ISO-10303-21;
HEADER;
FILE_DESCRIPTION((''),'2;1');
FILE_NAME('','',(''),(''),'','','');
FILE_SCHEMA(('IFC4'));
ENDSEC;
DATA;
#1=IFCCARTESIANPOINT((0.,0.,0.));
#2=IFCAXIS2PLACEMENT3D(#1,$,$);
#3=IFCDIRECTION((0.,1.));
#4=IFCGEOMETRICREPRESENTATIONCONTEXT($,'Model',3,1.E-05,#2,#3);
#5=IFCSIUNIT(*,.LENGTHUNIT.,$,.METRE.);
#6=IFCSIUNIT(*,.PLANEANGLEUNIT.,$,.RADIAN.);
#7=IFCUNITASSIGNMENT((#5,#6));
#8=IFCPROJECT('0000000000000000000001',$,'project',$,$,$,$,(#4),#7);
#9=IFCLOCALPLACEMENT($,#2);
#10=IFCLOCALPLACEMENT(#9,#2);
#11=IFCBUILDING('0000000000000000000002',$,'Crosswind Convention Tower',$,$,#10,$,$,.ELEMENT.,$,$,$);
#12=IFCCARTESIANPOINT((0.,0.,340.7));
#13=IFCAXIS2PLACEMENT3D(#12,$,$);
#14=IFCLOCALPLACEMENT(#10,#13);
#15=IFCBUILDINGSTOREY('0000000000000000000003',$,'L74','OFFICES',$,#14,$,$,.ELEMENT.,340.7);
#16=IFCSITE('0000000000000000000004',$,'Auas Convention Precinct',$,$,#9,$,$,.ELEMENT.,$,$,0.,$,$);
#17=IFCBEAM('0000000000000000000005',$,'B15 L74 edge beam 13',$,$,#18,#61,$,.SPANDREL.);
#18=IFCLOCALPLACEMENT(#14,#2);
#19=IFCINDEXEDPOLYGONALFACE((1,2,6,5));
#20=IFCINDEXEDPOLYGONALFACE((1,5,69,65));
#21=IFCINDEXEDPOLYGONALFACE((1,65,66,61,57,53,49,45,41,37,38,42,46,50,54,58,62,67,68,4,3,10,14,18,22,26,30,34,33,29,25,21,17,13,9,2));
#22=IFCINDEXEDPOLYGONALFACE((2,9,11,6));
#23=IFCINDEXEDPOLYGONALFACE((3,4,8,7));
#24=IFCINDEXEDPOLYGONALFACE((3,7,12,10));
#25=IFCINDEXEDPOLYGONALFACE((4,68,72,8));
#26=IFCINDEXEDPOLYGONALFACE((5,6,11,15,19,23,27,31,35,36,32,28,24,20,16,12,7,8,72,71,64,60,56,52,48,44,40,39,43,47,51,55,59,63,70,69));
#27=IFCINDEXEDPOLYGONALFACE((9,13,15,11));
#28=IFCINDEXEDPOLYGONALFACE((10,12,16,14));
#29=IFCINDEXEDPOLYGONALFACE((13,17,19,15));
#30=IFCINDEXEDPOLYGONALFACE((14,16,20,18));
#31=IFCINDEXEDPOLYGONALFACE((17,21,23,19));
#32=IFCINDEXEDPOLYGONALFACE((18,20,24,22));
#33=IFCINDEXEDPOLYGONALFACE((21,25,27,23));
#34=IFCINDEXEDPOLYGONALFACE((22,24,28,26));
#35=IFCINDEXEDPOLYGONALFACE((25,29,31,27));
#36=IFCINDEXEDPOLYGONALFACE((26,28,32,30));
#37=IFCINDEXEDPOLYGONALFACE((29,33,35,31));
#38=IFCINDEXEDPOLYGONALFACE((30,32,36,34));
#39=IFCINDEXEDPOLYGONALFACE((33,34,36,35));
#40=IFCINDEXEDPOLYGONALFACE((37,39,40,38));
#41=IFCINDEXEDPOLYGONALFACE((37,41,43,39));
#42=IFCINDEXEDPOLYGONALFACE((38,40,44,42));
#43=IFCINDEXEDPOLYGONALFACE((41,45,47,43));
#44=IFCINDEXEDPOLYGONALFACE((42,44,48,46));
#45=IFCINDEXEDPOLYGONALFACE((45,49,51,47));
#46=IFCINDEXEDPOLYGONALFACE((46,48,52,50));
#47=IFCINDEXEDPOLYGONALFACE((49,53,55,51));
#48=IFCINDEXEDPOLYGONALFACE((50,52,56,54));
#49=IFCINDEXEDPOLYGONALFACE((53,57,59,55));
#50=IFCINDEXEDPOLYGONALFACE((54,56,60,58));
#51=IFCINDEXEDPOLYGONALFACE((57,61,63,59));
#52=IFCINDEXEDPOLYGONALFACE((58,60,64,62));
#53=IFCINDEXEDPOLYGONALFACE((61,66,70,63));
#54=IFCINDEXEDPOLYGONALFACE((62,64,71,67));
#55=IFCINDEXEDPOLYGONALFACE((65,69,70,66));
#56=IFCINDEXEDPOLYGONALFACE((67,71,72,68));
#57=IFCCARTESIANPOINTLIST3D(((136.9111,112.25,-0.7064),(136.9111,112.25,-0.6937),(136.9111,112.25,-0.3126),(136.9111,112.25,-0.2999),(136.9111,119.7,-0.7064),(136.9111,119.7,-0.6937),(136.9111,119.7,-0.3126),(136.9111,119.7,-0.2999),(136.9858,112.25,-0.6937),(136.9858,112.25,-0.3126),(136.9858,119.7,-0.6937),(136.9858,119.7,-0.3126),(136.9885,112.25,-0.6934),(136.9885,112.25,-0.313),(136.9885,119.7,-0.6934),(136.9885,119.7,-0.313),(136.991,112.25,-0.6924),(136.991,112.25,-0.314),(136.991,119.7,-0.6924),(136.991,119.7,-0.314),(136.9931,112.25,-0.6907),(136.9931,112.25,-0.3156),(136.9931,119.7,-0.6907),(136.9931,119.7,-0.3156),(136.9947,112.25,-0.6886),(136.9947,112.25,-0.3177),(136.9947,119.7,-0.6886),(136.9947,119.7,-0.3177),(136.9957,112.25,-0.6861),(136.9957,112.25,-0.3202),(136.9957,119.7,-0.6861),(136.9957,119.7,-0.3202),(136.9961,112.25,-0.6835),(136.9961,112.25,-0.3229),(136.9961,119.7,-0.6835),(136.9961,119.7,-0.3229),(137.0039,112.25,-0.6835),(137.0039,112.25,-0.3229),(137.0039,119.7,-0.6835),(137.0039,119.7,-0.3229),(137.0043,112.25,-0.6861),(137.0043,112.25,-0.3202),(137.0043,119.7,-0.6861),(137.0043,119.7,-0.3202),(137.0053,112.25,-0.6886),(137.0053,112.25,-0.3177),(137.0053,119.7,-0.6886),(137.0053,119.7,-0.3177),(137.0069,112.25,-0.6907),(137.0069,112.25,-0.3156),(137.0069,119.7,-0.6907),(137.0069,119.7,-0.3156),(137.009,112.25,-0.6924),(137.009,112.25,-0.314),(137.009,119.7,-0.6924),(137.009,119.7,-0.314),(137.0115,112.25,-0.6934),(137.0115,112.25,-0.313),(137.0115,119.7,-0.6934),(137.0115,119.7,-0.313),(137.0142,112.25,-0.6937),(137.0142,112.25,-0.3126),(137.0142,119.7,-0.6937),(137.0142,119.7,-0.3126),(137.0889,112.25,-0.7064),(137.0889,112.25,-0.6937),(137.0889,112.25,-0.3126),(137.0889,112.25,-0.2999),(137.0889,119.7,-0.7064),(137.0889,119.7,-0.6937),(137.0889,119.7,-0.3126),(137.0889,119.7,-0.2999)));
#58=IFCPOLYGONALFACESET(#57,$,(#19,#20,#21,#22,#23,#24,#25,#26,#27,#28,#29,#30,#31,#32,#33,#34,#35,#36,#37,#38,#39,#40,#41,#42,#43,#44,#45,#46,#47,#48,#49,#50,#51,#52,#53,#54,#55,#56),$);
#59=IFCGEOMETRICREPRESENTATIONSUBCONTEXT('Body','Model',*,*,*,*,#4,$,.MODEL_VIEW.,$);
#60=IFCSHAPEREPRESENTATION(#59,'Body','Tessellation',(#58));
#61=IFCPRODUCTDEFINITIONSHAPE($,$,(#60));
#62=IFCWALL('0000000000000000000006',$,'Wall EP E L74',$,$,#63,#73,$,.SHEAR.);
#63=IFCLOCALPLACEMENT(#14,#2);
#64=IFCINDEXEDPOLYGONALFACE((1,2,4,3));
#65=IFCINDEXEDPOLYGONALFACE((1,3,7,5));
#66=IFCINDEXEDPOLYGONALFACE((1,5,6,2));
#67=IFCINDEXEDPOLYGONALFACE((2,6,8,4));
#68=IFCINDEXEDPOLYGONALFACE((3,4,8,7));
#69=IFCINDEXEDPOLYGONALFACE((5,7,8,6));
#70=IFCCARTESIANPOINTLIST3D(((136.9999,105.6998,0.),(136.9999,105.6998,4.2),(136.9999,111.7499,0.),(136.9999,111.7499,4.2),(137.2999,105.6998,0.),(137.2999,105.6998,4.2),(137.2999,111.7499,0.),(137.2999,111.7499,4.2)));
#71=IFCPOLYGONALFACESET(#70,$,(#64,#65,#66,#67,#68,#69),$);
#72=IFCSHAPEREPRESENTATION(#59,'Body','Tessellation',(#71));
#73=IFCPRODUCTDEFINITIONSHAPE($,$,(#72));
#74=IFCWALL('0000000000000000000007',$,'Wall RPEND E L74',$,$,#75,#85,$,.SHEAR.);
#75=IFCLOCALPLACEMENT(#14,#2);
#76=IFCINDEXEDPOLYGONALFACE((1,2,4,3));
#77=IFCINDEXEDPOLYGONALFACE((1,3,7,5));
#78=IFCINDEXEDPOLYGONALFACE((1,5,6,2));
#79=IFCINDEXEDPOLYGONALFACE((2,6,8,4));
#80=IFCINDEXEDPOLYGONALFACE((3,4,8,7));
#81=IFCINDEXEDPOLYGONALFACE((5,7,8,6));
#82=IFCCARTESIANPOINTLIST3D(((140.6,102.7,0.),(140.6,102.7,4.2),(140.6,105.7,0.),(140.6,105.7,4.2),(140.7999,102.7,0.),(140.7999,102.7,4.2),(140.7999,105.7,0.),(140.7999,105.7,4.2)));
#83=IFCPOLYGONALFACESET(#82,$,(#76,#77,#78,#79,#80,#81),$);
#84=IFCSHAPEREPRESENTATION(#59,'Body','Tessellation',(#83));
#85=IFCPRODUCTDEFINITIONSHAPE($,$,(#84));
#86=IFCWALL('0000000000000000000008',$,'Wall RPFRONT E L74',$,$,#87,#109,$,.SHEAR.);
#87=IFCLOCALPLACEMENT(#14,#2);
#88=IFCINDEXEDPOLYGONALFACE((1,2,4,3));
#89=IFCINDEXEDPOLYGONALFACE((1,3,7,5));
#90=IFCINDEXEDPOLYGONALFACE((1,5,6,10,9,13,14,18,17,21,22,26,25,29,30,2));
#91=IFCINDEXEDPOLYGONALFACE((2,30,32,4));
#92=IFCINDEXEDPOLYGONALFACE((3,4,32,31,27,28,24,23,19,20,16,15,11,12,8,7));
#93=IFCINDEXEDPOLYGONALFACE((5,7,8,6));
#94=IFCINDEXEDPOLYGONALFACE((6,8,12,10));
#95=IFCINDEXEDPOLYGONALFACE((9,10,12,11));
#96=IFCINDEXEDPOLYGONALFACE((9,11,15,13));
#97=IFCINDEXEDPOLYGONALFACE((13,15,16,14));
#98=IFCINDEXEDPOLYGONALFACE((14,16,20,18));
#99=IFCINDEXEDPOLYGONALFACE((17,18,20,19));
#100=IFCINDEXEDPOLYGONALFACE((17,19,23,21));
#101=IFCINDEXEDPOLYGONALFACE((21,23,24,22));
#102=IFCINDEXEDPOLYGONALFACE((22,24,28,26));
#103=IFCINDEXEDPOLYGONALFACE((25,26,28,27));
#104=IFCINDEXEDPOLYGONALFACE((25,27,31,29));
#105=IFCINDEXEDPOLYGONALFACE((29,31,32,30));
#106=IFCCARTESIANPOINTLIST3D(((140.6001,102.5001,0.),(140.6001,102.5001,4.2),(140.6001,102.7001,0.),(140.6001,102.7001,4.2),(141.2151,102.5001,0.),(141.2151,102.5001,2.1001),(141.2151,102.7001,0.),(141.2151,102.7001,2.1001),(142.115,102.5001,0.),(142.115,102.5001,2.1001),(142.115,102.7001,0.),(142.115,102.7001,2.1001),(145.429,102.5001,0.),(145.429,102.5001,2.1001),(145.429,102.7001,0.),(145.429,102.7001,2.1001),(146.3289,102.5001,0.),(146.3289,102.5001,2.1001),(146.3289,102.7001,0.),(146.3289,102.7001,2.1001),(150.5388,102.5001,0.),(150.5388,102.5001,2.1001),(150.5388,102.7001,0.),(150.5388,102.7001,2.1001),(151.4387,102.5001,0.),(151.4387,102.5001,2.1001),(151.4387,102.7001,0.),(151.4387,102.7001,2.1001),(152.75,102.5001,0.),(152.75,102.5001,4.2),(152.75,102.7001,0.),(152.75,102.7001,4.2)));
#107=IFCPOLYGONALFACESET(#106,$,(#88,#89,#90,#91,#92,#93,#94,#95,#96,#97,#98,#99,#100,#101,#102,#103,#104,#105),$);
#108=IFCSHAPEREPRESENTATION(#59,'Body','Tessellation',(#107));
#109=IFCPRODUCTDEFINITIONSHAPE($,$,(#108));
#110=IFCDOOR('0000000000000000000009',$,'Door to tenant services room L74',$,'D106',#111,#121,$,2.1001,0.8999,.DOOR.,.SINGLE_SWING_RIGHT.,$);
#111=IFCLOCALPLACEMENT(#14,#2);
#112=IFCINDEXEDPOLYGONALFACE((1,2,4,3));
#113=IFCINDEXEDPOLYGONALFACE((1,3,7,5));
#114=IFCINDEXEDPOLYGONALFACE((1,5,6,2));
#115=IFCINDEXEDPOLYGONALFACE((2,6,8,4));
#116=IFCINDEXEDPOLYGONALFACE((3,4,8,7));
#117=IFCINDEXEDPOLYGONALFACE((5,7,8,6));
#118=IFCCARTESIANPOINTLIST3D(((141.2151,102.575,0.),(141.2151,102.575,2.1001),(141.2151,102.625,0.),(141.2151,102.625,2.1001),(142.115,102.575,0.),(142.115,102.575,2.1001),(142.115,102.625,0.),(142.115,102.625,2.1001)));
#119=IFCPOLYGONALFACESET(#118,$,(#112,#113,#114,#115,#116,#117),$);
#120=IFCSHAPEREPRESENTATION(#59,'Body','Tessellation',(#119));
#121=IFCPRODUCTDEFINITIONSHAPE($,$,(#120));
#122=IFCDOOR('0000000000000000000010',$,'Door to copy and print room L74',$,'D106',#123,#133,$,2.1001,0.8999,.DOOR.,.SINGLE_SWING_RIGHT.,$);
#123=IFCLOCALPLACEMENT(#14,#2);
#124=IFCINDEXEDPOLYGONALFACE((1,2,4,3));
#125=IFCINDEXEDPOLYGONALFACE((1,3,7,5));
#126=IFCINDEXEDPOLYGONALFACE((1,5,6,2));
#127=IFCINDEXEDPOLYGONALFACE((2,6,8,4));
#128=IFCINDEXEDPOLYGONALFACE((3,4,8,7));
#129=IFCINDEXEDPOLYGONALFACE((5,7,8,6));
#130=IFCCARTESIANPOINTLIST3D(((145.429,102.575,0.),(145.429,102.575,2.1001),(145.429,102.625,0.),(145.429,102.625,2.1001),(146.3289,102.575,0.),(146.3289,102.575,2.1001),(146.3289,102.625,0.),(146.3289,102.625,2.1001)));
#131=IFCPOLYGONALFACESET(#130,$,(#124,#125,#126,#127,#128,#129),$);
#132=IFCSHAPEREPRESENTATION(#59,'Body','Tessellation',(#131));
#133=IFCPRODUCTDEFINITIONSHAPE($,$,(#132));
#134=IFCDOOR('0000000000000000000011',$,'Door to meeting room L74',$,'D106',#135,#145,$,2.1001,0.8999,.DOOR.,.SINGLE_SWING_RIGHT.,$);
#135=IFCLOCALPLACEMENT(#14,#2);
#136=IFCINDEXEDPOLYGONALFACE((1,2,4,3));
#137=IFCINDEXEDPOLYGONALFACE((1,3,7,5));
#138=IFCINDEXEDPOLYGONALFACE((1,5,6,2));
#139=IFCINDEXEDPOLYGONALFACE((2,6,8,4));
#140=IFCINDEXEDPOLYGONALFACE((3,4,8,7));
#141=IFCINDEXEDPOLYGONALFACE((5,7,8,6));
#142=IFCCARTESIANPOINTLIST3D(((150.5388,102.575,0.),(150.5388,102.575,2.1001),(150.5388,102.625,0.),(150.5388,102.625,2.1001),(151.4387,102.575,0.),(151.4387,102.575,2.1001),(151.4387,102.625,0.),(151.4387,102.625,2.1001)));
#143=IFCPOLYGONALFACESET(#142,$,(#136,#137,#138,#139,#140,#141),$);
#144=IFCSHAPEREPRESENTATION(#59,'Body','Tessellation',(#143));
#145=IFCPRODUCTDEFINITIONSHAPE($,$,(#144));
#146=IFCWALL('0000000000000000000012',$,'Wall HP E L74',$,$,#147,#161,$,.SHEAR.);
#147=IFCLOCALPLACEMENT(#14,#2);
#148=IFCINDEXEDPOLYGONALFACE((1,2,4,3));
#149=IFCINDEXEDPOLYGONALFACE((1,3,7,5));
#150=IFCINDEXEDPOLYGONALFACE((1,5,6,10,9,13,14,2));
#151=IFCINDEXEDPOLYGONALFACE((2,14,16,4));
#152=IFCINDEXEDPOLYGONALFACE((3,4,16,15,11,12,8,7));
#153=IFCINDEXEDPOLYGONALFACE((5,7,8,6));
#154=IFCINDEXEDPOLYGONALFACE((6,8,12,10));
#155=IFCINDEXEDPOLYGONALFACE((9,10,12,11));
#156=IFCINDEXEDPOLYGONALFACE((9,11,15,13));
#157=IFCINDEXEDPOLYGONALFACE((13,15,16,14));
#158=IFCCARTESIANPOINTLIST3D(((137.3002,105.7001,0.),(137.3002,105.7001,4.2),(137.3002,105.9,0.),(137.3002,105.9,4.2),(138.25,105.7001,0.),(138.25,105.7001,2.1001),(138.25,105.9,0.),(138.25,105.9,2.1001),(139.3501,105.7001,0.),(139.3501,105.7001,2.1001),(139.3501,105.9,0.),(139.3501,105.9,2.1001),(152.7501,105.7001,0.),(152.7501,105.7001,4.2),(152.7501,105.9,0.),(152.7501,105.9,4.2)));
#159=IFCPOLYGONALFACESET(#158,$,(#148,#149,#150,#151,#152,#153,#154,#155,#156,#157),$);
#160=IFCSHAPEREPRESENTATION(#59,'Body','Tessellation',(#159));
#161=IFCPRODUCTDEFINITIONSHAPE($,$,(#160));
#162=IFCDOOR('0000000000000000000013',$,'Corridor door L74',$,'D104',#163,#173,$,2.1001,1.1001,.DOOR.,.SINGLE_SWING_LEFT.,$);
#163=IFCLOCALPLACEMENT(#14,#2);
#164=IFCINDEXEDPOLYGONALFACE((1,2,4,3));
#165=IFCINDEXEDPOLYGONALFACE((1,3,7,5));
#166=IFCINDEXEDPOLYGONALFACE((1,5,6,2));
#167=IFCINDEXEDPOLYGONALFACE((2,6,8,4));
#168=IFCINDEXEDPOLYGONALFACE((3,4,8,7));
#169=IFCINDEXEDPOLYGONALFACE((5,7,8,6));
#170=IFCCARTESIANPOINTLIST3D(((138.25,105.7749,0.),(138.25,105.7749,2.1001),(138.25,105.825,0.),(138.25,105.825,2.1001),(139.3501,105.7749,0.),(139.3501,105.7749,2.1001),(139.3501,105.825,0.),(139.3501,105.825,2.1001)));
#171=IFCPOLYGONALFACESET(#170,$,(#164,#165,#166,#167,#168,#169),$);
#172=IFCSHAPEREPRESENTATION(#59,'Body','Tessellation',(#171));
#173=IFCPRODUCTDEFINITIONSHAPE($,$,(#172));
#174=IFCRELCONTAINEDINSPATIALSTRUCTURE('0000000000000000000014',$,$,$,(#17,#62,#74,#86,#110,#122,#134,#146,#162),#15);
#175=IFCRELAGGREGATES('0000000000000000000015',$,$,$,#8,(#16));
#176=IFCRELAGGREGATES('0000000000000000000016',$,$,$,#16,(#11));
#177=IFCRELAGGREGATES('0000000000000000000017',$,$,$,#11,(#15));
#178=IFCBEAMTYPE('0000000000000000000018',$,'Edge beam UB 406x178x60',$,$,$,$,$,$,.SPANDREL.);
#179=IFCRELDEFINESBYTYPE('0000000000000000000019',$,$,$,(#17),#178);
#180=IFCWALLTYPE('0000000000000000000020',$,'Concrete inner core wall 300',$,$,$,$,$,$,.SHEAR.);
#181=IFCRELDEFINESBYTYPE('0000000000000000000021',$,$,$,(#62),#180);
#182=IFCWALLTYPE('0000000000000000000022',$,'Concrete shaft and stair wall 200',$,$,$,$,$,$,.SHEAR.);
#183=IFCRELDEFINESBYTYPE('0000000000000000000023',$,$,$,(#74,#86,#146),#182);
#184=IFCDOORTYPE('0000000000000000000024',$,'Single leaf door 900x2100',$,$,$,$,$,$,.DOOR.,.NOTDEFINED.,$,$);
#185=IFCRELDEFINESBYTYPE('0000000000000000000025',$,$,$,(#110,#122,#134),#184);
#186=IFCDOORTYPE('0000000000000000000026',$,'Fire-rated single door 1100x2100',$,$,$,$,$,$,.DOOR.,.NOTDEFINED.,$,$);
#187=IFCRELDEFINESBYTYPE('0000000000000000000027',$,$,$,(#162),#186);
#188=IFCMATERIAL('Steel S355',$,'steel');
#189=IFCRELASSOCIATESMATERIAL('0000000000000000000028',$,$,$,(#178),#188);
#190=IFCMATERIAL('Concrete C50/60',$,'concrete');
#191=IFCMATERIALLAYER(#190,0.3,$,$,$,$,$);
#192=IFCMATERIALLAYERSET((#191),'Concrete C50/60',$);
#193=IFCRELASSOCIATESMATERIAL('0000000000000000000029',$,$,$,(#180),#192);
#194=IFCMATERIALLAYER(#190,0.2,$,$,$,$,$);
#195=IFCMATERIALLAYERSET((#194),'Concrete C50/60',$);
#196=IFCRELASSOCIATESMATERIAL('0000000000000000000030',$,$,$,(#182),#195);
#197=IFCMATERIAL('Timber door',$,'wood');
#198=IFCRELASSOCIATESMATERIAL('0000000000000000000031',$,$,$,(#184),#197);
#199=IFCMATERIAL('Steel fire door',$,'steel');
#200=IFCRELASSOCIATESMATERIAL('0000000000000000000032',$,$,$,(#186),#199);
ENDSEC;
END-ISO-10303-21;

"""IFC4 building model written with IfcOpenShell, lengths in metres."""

from ifc_helpers import new_model, si_unit, direction, frame, frame_2d, origin, origin_2d, place, context, subcontext, project, spatial, rectangle, i_section, extrude, material, layer, layer_set, material_profile, profile_set, type_object, element, fill, save


model = new_model("IFC4")

# Units and contexts
model_context = context("Model", 3, precision=1e-05, world=origin(), true_north=direction((0.0, 1.0)))
body_context = subcontext(model_context, "Body", "Model", "MODEL_VIEW")
ifc_project = project(units=[si_unit("LENGTHUNIT", "METRE"), si_unit("PLANEANGLEUNIT", "RADIAN")], contexts=[model_context])

# Site, building, storey
site_placement = place(None, origin())
site = spatial("IfcSite", under=ifc_project, at=site_placement, Name="Auas Convention Precinct", CompositionType="ELEMENT", RefElevation=0.0)
building_placement = place(site_placement, origin())
building = spatial("IfcBuilding", under=site, at=building_placement, Name="Crosswind Convention Tower", CompositionType="ELEMENT")
storey_placement = place(building_placement, frame((0.0, 0.0, 340.7)))
storey = spatial("IfcBuildingStorey", under=building, at=storey_placement, Name="L74", Description="OFFICES", CompositionType="ELEMENT", Elevation=340.7)

# Beam
ifc_material_1 = material(Name="Steel S355", Category="steel")
ifc_material_profile = material_profile(ifc_material_1, i_section(OverallWidth=0.1777, OverallDepth=0.4065, WebThickness=0.0078, FlangeThickness=0.0127, FilletRadius=0.0103, at=origin_2d()), Name="UB 406x178x60")
ifc_profile_set = profile_set([ifc_material_profile], Name="Steel S355")
beam_type = type_object("IfcBeamType", Name="Edge beam UB 406x178x60", PredefinedType="SPANDREL", material=ifc_profile_set)
beam_placement = place(storey_placement, frame((137.0, 112.25, -0.5032), z_axis=(0.0, 1.0, 0.0), x_axis=(-1.0, 0.0, 0.0)))
element("IfcBeam", 1, at=beam_placement, inside=storey, type_object=beam_type, Name="B15 L74 edge beam 13", PredefinedType="SPANDREL", context=body_context, shape_type="SweptSolid", body=[
    extrude(i_section(OverallWidth=0.1777, OverallDepth=0.4065, WebThickness=0.0078, FlangeThickness=0.0127, FilletRadius=0.0103, at=origin_2d()), origin(), (0.0, 0.0, 1.0), 7.45),
])

# Walls
ifc_material_2 = material(Name="Concrete C50/60", Category="concrete")
ifc_layer_1 = layer(ifc_material_2, 0.3)
ifc_layer_set_1 = layer_set([ifc_layer_1], Name="Concrete C50/60")
wall_type_1 = type_object("IfcWallType", Name="Concrete inner core wall 300", PredefinedType="SHEAR", material=ifc_layer_set_1)
wall_1_placement = place(storey_placement, frame((137.1499, 105.7, 0.0), z_axis=(0.0, 0.0, 1.0), x_axis=(0.0, 1.0, 0.0)))
element("IfcWall", 2, at=wall_1_placement, inside=storey, type_object=wall_type_1, Name="Wall EP E L74", PredefinedType="SHEAR", context=body_context, shape_type="SweptSolid", body=[
    extrude(rectangle(XDim=6.05, YDim=0.3, at=frame_2d((3.0249, 0.0))), origin(), (0.0, 0.0, 1.0), 4.2),
])
ifc_layer_2 = layer(ifc_material_2, 0.2)
ifc_layer_set_2 = layer_set([ifc_layer_2], Name="Concrete C50/60")
wall_type_2 = type_object("IfcWallType", Name="Concrete shaft and stair wall 200", PredefinedType="SHEAR", material=ifc_layer_set_2)
wall_2_placement = place(storey_placement, frame((140.7, 102.7, 0.0), z_axis=(0.0, 0.0, 1.0), x_axis=(0.0, 1.0, 0.0)))
element("IfcWall", 3, at=wall_2_placement, inside=storey, type_object=wall_type_2, Name="Wall RPEND E L74", PredefinedType="SHEAR", context=body_context, shape_type="SweptSolid", body=[
    extrude(rectangle(XDim=3.0, YDim=0.2, at=frame_2d((1.5, 0.0))), origin(), (0.0, 0.0, 1.0), 4.2),
])

# Wall, openings, doors
wall_3_placement = place(storey_placement, frame((140.6001, 102.6001, 0.0), z_axis=(0.0, 0.0, 1.0), x_axis=(1.0, 0.0, 0.0)))
wall_3 = element("IfcWall", 4, at=wall_3_placement, inside=storey, type_object=wall_type_2, Name="Wall RPFRONT E L74", PredefinedType="SHEAR", context=body_context, shape_type="SweptSolid", body=[
    extrude(rectangle(XDim=12.1499, YDim=0.2, at=frame_2d((6.075, 0.0))), origin(), (0.0, 0.0, 1.0), 4.2),
])
opening_1_placement = place(wall_3_placement, frame((0.615, 0.0, 0.0)))
opening_1 = element("IfcOpeningElement", 5, at=opening_1_placement, cuts=wall_3, PredefinedType="OPENING", context=body_context, shape_type="SweptSolid", body=[
    extrude(rectangle(XDim=0.8999, YDim=2.1001, at=frame_2d((0.45, 1.05))), frame((0.0, 0.1099, 0.0), z_axis=(0.0, -1.0, 0.0), x_axis=(1.0, 0.0, 0.0)), (0.0, 0.0, 1.0), 0.22),
])
opening_2_placement = place(wall_3_placement, frame((4.8289, 0.0, 0.0)))
opening_2 = element("IfcOpeningElement", 6, at=opening_2_placement, cuts=wall_3, PredefinedType="OPENING", context=body_context, shape_type="SweptSolid", body=[
    extrude(rectangle(XDim=0.8999, YDim=2.1001, at=frame_2d((0.45, 1.05))), frame((0.0, 0.1099, 0.0), z_axis=(0.0, -1.0, 0.0), x_axis=(1.0, 0.0, 0.0)), (0.0, 0.0, 1.0), 0.22),
])
opening_3_placement = place(wall_3_placement, frame((9.9387, 0.0, 0.0)))
opening_3 = element("IfcOpeningElement", 7, at=opening_3_placement, cuts=wall_3, PredefinedType="OPENING", context=body_context, shape_type="SweptSolid", body=[
    extrude(rectangle(XDim=0.8999, YDim=2.1001, at=frame_2d((0.45, 1.05))), frame((0.0, 0.1099, 0.0), z_axis=(0.0, -1.0, 0.0), x_axis=(1.0, 0.0, 0.0)), (0.0, 0.0, 1.0), 0.22),
])
ifc_material_3 = material(Name="Timber door", Category="wood")
door_type_1 = type_object("IfcDoorType", Name="Single leaf door 900x2100", OperationType="NOTDEFINED", PredefinedType="DOOR", material=ifc_material_3)
door_1_placement = place(opening_1_placement, origin())
door_1 = element("IfcDoor", 8, at=door_1_placement, inside=storey, type_object=door_type_1, Name="Door to tenant services room L74", ObjectType="D106", OperationType="SINGLE_SWING_RIGHT", OverallHeight=2.1001, OverallWidth=0.8999, PredefinedType="DOOR", context=body_context, shape_type="SweptSolid", body=[
    extrude(rectangle(XDim=0.8999, YDim=2.1001, at=frame_2d((0.45, 1.05))), frame((0.0, 0.0249, 0.0), z_axis=(0.0, -1.0, 0.0), x_axis=(1.0, 0.0, 0.0)), (0.0, 0.0, 1.0), 0.05),
])
fill(opening_1, door_1)
door_2_placement = place(opening_2_placement, origin())
door_2 = element("IfcDoor", 9, at=door_2_placement, inside=storey, type_object=door_type_1, Name="Door to copy and print room L74", ObjectType="D106", OperationType="SINGLE_SWING_RIGHT", OverallHeight=2.1001, OverallWidth=0.8999, PredefinedType="DOOR", context=body_context, shape_type="SweptSolid", body=[
    extrude(rectangle(XDim=0.8999, YDim=2.1001, at=frame_2d((0.45, 1.05))), frame((0.0, 0.0249, 0.0), z_axis=(0.0, -1.0, 0.0), x_axis=(1.0, 0.0, 0.0)), (0.0, 0.0, 1.0), 0.05),
])
fill(opening_2, door_2)
door_3_placement = place(opening_3_placement, origin())
door_3 = element("IfcDoor", 10, at=door_3_placement, inside=storey, type_object=door_type_1, Name="Door to meeting room L74", ObjectType="D106", OperationType="SINGLE_SWING_RIGHT", OverallHeight=2.1001, OverallWidth=0.8999, PredefinedType="DOOR", context=body_context, shape_type="SweptSolid", body=[
    extrude(rectangle(XDim=0.8999, YDim=2.1001, at=frame_2d((0.45, 1.05))), frame((0.0, 0.0249, 0.0), z_axis=(0.0, -1.0, 0.0), x_axis=(1.0, 0.0, 0.0)), (0.0, 0.0, 1.0), 0.05),
])
fill(opening_3, door_3)

# Wall, opening, door
wall_4_placement = place(storey_placement, frame((137.3, 105.8, 0.0), z_axis=(0.0, 0.0, 1.0), x_axis=(1.0, 0.0, 0.0)))
wall_4 = element("IfcWall", 11, at=wall_4_placement, inside=storey, type_object=wall_type_2, Name="Wall HP E L74", PredefinedType="SHEAR", context=body_context, shape_type="SweptSolid", body=[
    extrude(rectangle(XDim=15.45, YDim=0.2, at=frame_2d((7.7251, 0.0))), origin(), (0.0, 0.0, 1.0), 4.2),
])
opening_4_placement = place(wall_4_placement, frame((0.95, 0.0, 0.0)))
opening_4 = element("IfcOpeningElement", 12, at=opening_4_placement, cuts=wall_4, PredefinedType="OPENING", context=body_context, shape_type="SweptSolid", body=[
    extrude(rectangle(XDim=1.1001, YDim=2.1001, at=frame_2d((0.55, 1.05))), frame((0.0, 0.1099, 0.0), z_axis=(0.0, -1.0, 0.0), x_axis=(1.0, 0.0, 0.0)), (0.0, 0.0, 1.0), 0.22),
])
ifc_material_4 = material(Name="Steel fire door", Category="steel")
door_type_2 = type_object("IfcDoorType", Name="Fire-rated single door 1100x2100", OperationType="NOTDEFINED", PredefinedType="DOOR", material=ifc_material_4)
door_4_placement = place(opening_4_placement, origin())
door_4 = element("IfcDoor", 13, at=door_4_placement, inside=storey, type_object=door_type_2, Name="Corridor door L74", ObjectType="D104", OperationType="SINGLE_SWING_LEFT", OverallHeight=2.1001, OverallWidth=1.1001, PredefinedType="DOOR", context=body_context, shape_type="SweptSolid", body=[
    extrude(rectangle(XDim=1.1001, YDim=2.1001, at=frame_2d((0.55, 1.05))), frame((0.0, 0.0249, 0.0), z_axis=(0.0, -1.0, 0.0), x_axis=(1.0, 0.0, 0.0)), (0.0, 0.0, 1.0), 0.05),
])
fill(opening_4, door_4)

save(model, "model.ifc")
